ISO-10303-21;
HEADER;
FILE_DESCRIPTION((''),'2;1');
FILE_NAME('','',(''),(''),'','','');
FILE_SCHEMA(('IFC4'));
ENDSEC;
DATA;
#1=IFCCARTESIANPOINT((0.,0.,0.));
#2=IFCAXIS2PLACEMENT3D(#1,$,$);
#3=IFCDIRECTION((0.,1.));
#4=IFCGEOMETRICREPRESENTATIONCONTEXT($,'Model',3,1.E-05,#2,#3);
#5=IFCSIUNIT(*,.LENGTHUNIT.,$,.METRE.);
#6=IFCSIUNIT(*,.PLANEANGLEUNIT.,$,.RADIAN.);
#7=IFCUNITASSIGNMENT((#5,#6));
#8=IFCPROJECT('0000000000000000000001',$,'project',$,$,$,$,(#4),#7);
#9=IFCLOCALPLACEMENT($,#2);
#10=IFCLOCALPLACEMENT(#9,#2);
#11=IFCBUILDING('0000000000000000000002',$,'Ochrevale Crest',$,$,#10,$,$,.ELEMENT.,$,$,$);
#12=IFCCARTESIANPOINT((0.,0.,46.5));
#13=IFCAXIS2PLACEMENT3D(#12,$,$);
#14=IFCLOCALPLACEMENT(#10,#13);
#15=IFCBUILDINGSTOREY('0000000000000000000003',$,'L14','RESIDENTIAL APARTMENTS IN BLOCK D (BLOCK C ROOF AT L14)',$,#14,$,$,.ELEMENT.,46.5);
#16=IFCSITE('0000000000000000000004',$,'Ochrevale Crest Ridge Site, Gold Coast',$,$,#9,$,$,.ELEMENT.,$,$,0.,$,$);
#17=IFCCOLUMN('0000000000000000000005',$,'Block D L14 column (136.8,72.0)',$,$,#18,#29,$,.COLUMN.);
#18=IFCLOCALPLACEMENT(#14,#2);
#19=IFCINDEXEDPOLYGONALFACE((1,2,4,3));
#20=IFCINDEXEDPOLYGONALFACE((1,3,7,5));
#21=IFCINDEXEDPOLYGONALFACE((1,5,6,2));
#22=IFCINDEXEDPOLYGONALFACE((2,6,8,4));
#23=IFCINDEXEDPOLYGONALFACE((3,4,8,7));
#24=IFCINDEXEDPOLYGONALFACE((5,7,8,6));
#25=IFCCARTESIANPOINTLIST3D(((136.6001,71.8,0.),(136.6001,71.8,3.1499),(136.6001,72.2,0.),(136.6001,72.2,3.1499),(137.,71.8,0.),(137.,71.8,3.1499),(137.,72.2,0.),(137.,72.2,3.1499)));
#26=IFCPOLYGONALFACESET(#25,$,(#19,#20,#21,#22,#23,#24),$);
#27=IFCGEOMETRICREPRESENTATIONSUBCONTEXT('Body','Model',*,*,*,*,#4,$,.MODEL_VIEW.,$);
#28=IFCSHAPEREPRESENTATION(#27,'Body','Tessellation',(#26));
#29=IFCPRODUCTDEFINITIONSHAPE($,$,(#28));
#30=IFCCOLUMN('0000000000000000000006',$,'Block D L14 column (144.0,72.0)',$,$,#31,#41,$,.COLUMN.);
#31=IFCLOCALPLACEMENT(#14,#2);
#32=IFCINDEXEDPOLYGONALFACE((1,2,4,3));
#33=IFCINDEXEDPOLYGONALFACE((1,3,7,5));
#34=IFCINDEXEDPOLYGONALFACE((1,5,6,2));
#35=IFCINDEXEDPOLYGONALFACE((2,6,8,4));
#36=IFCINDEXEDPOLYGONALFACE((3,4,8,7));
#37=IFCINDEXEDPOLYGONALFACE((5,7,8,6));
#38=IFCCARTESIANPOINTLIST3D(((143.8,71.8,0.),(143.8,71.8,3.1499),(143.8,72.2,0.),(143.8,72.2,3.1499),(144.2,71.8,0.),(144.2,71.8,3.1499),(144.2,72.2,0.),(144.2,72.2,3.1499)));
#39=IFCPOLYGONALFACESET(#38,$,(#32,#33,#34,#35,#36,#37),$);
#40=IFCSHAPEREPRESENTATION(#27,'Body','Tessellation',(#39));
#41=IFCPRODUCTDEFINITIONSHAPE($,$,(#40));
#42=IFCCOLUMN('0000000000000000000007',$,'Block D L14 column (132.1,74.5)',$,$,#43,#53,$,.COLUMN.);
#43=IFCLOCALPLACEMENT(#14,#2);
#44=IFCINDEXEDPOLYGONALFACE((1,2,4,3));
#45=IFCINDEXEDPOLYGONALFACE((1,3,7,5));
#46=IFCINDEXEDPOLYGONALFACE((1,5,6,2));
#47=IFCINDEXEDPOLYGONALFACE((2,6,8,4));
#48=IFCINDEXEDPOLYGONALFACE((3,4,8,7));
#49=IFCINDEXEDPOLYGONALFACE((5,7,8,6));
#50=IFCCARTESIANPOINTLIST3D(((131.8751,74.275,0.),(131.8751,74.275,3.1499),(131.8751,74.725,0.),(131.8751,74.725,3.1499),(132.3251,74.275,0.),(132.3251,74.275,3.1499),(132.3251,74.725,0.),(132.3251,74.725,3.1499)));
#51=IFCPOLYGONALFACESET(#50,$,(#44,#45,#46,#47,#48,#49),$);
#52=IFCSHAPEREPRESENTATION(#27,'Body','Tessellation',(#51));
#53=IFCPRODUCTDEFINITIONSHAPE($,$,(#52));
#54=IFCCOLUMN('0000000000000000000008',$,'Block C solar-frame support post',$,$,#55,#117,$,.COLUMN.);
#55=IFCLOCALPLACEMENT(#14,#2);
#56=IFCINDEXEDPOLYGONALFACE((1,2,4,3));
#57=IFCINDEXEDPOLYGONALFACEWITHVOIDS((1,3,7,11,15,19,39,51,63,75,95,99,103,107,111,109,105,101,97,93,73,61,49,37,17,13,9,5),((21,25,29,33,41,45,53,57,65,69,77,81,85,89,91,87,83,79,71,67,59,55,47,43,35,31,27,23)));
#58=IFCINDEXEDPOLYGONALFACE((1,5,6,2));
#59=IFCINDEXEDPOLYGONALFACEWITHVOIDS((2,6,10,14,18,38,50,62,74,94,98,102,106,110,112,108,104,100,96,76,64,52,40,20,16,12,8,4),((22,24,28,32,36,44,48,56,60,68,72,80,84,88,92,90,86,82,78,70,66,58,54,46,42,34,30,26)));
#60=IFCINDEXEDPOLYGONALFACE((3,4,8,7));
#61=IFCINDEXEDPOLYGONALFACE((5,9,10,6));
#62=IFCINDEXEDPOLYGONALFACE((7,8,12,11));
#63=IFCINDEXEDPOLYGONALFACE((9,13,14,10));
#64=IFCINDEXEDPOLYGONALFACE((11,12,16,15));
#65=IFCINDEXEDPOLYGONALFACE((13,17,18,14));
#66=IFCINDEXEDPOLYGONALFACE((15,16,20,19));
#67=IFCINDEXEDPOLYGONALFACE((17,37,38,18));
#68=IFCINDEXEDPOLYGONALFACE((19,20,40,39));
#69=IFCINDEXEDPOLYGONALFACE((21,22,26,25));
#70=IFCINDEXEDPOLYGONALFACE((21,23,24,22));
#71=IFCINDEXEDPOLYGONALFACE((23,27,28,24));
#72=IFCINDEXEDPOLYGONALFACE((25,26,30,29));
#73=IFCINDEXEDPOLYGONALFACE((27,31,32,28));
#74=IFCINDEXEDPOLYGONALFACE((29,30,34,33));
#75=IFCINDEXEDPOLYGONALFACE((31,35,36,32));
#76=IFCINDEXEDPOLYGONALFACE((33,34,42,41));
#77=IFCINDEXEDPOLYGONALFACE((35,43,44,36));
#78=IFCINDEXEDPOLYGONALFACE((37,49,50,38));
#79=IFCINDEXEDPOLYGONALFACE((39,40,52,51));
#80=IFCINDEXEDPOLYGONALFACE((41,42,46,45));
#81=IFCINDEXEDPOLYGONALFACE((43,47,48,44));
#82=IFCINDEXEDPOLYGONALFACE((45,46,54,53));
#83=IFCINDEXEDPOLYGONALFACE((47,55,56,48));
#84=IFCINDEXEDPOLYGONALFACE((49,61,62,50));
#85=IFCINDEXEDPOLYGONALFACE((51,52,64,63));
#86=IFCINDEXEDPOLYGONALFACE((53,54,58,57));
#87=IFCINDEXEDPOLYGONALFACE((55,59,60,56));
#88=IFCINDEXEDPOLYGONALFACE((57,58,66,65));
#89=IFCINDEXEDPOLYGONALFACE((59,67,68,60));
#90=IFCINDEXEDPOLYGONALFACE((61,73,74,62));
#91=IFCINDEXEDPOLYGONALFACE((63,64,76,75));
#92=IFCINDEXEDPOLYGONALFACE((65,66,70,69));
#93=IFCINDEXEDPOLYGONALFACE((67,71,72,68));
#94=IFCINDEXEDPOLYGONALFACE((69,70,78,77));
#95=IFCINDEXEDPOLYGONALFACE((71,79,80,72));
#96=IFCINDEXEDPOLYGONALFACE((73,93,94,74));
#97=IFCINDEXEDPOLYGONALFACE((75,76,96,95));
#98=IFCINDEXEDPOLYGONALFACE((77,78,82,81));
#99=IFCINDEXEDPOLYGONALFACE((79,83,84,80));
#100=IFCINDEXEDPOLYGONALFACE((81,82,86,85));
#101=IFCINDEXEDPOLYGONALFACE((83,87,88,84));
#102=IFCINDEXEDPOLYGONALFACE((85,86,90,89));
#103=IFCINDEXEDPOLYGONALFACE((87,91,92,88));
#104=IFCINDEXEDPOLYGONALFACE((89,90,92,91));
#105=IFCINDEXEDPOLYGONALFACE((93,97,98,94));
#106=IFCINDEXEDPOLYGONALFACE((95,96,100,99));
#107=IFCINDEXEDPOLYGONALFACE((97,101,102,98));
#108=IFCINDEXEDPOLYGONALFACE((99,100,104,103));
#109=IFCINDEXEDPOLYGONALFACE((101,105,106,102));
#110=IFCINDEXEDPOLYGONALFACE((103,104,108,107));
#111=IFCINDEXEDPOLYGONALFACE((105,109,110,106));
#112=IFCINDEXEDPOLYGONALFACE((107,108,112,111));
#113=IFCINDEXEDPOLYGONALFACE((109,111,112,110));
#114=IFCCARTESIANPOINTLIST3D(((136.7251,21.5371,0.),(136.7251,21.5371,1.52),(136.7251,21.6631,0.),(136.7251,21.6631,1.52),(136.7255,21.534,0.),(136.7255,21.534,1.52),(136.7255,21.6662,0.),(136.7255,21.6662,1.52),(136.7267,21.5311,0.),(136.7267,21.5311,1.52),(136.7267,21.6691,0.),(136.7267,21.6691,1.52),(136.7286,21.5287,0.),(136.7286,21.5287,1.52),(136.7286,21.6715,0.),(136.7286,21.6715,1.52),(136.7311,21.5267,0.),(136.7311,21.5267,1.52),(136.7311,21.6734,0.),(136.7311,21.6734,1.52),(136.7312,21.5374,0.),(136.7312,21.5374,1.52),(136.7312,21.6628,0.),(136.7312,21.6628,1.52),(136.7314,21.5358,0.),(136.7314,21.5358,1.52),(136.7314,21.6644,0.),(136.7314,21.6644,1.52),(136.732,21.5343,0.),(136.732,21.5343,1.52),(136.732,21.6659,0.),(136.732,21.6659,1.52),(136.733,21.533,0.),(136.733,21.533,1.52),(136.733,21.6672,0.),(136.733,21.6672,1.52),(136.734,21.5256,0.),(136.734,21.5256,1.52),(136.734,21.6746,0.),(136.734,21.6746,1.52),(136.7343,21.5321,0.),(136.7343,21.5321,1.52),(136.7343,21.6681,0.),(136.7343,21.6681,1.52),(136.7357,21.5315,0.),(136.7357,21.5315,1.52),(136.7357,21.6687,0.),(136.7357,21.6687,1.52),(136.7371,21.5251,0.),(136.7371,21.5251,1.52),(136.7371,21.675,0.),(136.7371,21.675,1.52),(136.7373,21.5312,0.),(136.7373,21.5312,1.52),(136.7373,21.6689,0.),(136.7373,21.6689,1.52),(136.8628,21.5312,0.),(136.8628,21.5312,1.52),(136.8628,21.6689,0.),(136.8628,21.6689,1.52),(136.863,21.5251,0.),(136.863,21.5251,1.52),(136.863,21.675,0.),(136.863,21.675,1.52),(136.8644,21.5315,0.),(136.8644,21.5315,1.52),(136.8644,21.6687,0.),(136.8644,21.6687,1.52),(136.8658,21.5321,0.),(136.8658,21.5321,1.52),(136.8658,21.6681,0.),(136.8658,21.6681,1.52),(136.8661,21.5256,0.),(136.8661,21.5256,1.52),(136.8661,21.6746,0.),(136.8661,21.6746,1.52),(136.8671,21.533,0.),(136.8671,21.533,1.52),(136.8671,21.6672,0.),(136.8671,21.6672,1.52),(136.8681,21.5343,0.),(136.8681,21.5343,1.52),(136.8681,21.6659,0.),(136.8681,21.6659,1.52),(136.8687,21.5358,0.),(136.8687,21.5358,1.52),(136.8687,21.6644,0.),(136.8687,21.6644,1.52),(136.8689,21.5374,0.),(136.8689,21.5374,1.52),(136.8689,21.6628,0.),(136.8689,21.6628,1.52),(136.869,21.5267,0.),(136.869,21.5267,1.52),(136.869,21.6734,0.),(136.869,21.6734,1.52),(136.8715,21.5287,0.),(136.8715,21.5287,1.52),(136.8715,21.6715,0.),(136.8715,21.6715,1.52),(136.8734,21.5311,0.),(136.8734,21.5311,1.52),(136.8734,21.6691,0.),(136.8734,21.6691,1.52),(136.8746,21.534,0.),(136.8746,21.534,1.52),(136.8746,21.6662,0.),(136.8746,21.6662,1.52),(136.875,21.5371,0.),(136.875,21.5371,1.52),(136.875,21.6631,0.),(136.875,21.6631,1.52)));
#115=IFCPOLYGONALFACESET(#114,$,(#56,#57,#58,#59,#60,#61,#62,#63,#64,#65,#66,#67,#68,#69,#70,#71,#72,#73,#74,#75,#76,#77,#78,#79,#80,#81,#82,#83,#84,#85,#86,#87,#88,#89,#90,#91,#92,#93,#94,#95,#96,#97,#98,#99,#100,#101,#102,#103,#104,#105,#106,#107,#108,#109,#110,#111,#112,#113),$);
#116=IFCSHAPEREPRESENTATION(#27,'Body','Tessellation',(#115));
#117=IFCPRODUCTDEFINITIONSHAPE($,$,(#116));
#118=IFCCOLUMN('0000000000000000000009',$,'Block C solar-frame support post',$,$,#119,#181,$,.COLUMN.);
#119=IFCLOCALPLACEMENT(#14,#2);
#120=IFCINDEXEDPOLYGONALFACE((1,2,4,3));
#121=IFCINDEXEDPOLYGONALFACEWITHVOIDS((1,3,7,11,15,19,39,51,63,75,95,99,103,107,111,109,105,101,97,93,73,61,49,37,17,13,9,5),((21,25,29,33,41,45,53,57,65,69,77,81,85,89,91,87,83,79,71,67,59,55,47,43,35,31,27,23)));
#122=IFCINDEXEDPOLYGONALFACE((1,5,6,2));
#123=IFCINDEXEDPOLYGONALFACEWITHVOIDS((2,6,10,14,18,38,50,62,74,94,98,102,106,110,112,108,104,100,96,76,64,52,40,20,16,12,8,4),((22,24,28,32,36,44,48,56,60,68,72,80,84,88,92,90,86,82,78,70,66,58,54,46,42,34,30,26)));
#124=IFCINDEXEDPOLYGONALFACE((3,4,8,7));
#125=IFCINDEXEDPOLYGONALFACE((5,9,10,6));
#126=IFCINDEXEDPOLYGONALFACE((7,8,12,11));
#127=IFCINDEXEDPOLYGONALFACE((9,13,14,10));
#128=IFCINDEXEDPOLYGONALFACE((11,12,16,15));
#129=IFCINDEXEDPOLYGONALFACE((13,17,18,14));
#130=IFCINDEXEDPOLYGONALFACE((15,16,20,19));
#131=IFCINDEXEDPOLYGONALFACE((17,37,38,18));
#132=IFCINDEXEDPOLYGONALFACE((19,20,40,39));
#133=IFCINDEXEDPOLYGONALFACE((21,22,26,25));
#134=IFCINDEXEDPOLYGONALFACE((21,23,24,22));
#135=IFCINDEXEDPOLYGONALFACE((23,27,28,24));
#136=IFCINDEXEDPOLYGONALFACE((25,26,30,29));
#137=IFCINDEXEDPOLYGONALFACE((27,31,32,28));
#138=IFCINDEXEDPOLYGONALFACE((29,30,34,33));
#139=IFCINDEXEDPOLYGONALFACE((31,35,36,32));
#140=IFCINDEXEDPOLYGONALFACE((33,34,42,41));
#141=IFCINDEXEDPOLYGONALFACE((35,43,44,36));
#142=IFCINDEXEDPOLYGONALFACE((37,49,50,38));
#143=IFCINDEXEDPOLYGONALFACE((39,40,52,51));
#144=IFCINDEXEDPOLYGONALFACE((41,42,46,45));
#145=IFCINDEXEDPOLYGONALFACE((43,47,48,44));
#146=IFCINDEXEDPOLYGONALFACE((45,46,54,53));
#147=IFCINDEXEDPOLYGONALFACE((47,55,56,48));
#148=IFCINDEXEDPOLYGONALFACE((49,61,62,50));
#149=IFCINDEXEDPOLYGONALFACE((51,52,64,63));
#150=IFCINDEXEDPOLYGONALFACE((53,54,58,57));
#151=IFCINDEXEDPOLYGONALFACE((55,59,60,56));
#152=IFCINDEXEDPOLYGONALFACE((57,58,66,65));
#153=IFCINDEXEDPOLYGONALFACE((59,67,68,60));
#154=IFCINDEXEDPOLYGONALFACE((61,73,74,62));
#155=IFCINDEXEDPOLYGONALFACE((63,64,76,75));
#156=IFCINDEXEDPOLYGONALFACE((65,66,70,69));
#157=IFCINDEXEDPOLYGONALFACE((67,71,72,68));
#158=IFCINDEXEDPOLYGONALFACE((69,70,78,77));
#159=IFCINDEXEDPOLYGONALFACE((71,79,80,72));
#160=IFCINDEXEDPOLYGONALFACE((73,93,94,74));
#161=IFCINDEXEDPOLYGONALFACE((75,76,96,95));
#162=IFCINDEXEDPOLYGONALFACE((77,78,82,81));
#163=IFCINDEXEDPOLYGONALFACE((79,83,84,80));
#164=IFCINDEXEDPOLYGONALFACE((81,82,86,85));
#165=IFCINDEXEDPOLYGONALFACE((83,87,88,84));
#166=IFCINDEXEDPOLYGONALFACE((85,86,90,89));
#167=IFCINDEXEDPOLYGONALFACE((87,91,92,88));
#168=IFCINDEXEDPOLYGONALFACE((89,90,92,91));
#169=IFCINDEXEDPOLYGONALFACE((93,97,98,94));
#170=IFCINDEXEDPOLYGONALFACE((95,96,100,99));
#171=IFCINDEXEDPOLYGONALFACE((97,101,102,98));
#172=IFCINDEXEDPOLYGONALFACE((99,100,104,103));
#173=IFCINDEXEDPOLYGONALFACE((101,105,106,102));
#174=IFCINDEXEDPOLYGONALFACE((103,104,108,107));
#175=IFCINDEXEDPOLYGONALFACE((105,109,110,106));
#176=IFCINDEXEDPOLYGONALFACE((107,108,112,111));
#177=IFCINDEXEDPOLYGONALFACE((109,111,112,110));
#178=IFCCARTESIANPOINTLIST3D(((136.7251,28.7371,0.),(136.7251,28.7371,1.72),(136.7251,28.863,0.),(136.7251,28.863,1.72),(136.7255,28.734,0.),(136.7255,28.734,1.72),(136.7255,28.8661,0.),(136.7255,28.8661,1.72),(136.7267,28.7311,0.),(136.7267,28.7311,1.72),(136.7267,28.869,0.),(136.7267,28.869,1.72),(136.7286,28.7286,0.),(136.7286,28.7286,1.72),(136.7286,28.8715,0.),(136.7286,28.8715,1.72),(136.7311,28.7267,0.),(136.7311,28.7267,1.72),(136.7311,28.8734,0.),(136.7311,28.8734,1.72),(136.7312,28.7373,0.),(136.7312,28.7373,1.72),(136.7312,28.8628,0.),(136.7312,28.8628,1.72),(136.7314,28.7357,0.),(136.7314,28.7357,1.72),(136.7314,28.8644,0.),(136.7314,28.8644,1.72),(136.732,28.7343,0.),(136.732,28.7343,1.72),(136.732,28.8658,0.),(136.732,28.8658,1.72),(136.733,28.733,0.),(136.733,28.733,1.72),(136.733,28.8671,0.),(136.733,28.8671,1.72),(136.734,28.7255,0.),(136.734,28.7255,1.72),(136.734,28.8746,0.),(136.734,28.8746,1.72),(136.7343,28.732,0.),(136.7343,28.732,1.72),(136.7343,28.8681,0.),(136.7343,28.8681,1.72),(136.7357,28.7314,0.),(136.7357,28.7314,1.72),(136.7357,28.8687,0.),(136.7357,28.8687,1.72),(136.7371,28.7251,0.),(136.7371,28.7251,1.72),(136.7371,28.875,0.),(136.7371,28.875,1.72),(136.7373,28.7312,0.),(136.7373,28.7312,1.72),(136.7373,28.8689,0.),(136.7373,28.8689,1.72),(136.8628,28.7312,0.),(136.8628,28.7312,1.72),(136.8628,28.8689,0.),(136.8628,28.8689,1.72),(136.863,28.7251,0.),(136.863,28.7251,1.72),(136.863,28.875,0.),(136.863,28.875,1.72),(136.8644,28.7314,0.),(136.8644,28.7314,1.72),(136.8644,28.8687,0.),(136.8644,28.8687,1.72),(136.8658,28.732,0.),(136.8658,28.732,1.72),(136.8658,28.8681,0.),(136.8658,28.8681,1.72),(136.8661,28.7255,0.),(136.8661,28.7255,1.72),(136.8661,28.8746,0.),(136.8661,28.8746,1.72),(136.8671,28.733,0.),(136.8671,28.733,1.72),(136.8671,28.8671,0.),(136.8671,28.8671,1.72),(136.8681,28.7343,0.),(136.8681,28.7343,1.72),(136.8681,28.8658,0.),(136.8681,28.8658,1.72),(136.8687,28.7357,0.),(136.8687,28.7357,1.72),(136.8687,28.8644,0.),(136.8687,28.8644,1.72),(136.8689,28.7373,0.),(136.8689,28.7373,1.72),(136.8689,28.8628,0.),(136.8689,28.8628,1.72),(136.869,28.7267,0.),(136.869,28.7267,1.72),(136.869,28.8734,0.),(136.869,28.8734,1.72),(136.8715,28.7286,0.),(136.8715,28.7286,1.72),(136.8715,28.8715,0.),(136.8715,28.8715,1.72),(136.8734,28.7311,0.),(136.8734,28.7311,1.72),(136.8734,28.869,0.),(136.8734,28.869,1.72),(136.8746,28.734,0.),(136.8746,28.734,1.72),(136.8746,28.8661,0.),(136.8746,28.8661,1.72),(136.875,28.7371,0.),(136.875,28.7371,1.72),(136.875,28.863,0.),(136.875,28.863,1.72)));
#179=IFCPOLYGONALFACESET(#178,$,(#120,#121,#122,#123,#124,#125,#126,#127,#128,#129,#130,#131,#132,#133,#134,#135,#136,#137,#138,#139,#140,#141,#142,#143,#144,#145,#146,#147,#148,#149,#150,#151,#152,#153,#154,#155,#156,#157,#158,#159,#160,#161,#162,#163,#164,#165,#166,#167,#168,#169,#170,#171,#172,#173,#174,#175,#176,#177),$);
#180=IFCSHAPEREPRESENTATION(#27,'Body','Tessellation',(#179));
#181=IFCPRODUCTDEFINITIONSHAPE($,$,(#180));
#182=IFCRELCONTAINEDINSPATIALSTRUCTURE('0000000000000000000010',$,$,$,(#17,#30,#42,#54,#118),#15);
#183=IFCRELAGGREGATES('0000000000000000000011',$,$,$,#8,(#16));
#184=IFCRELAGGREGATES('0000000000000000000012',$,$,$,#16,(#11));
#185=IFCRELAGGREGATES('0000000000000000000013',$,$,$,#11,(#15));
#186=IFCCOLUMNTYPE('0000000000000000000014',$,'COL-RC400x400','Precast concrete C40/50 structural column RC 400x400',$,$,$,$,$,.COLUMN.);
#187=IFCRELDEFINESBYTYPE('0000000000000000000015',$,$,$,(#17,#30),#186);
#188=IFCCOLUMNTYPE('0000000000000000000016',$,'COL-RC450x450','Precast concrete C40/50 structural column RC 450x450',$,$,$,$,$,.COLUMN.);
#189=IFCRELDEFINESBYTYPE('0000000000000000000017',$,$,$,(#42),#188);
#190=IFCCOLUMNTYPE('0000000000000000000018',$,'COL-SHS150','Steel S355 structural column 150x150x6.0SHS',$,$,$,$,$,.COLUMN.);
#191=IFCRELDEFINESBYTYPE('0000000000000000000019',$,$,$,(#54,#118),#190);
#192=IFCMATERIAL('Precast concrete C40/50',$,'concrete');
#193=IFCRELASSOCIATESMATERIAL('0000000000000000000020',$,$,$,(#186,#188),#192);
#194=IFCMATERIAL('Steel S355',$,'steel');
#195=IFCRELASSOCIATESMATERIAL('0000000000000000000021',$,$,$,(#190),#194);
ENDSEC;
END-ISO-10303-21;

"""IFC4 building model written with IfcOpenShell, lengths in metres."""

from ifc_helpers import new_model, si_unit, direction, frame, origin, origin_2d, place, context, subcontext, project, spatial, rectangle, hollow_rectangle, extrude, material, material_profile, profile_set, type_object, element, save


model = new_model("IFC4")

# Units and contexts
model_context = context("Model", 3, precision=1e-05, world=origin(), true_north=direction((0.0, 1.0)))
body_context = subcontext(model_context, "Body", "Model", "MODEL_VIEW")
ifc_project = project(units=[si_unit("LENGTHUNIT", "METRE"), si_unit("PLANEANGLEUNIT", "RADIAN")], contexts=[model_context])

# Site, building, storey
site_placement = place(None, origin())
site = spatial("IfcSite", under=ifc_project, at=site_placement, Name="Ochrevale Crest Ridge Site, Gold Coast", CompositionType="ELEMENT", RefElevation=0.0)
building_placement = place(site_placement, origin())
building = spatial("IfcBuilding", under=site, at=building_placement, Name="Ochrevale Crest", CompositionType="ELEMENT")
storey_placement = place(building_placement, frame((0.0, 0.0, 46.5)))
storey = spatial("IfcBuildingStorey", under=building, at=storey_placement, Name="L14", Description="RESIDENTIAL APARTMENTS IN BLOCK D (BLOCK C ROOF AT L14)", CompositionType="ELEMENT", Elevation=46.5)

# Columns
ifc_material_1 = material(Name="Precast concrete C40/50", Category="concrete")
ifc_material_profile_1 = material_profile(ifc_material_1, rectangle(XDim=0.3999, YDim=0.3999, at=origin_2d()), Name="RC 400x400")
ifc_profile_set_1 = profile_set([ifc_material_profile_1], Name="Precast concrete C40/50")
column_type_1 = type_object("IfcColumnType", Name="COL-RC400x400", Description="Precast concrete C40/50 structural column RC 400x400", PredefinedType="COLUMN", material=ifc_profile_set_1)
for number, where, z_axis, x_axis, name in (
    (1, (136.8, 72.0, 0.0), (0.0, 0.0, 1.0), (1.0, 0.0, 0.0), "Block D L14 column (136.8,72.0)"),
    (2, (144.0, 72.0, 0.0), (0.0, 0.0, 1.0), (1.0, 0.0, 0.0), "Block D L14 column (144.0,72.0)"),
):
    element("IfcColumn", number, at=place(storey_placement, frame(where, z_axis=z_axis, x_axis=x_axis)), inside=storey, type_object=column_type_1, Name=name, PredefinedType="COLUMN", context=body_context, shape_type="SweptSolid", body=[
        extrude(rectangle(XDim=0.3999, YDim=0.3999, at=origin_2d()), origin(), (0.0, 0.0, 1.0), 3.1499),
    ])
ifc_material_profile_2 = material_profile(ifc_material_1, rectangle(XDim=0.45, YDim=0.45, at=origin_2d()), Name="RC 450x450")
ifc_profile_set_2 = profile_set([ifc_material_profile_2], Name="Precast concrete C40/50")
column_type_2 = type_object("IfcColumnType", Name="COL-RC450x450", Description="Precast concrete C40/50 structural column RC 450x450", PredefinedType="COLUMN", material=ifc_profile_set_2)
column_1_placement = place(storey_placement, frame((132.1001, 74.5, 0.0), z_axis=(0.0, 0.0, 1.0), x_axis=(1.0, 0.0, 0.0)))
element("IfcColumn", 3, at=column_1_placement, inside=storey, type_object=column_type_2, Name="Block D L14 column (132.1,74.5)", PredefinedType="COLUMN", context=body_context, shape_type="SweptSolid", body=[
    extrude(rectangle(XDim=0.45, YDim=0.45, at=origin_2d()), origin(), (0.0, 0.0, 1.0), 3.1499),
])
ifc_material_2 = material(Name="Steel S355", Category="steel")
ifc_material_profile_3 = material_profile(ifc_material_2, hollow_rectangle(XDim=0.1499, YDim=0.1499, WallThickness=0.0061, InnerFilletRadius=0.0061, OuterFilletRadius=0.012, at=origin_2d()), Name="150x150x6.0SHS")
ifc_profile_set_3 = profile_set([ifc_material_profile_3], Name="Steel S355")
column_type_3 = type_object("IfcColumnType", Name="COL-SHS150", Description="Steel S355 structural column 150x150x6.0SHS", PredefinedType="COLUMN", material=ifc_profile_set_3)
column_2_placement = place(storey_placement, frame((136.8, 21.6001, 0.0), z_axis=(0.0, 0.0, 1.0), x_axis=(1.0, 0.0, 0.0)))
element("IfcColumn", 4, at=column_2_placement, inside=storey, type_object=column_type_3, Name="Block C solar-frame support post", PredefinedType="COLUMN", context=body_context, shape_type="SweptSolid", body=[
    extrude(hollow_rectangle(XDim=0.1499, YDim=0.1499, WallThickness=0.0061, InnerFilletRadius=0.0061, OuterFilletRadius=0.012, at=origin_2d()), origin(), (0.0, 0.0, 1.0), 1.52),
])
column_3_placement = place(storey_placement, frame((136.8, 28.8, 0.0), z_axis=(0.0, 0.0, 1.0), x_axis=(1.0, 0.0, 0.0)))
element("IfcColumn", 5, at=column_3_placement, inside=storey, type_object=column_type_3, Name="Block C solar-frame support post", PredefinedType="COLUMN", context=body_context, shape_type="SweptSolid", body=[
    extrude(hollow_rectangle(XDim=0.1499, YDim=0.1499, WallThickness=0.0061, InnerFilletRadius=0.0061, OuterFilletRadius=0.012, at=origin_2d()), origin(), (0.0, 0.0, 1.0), 1.72),
])

save(model, "model.ifc")
